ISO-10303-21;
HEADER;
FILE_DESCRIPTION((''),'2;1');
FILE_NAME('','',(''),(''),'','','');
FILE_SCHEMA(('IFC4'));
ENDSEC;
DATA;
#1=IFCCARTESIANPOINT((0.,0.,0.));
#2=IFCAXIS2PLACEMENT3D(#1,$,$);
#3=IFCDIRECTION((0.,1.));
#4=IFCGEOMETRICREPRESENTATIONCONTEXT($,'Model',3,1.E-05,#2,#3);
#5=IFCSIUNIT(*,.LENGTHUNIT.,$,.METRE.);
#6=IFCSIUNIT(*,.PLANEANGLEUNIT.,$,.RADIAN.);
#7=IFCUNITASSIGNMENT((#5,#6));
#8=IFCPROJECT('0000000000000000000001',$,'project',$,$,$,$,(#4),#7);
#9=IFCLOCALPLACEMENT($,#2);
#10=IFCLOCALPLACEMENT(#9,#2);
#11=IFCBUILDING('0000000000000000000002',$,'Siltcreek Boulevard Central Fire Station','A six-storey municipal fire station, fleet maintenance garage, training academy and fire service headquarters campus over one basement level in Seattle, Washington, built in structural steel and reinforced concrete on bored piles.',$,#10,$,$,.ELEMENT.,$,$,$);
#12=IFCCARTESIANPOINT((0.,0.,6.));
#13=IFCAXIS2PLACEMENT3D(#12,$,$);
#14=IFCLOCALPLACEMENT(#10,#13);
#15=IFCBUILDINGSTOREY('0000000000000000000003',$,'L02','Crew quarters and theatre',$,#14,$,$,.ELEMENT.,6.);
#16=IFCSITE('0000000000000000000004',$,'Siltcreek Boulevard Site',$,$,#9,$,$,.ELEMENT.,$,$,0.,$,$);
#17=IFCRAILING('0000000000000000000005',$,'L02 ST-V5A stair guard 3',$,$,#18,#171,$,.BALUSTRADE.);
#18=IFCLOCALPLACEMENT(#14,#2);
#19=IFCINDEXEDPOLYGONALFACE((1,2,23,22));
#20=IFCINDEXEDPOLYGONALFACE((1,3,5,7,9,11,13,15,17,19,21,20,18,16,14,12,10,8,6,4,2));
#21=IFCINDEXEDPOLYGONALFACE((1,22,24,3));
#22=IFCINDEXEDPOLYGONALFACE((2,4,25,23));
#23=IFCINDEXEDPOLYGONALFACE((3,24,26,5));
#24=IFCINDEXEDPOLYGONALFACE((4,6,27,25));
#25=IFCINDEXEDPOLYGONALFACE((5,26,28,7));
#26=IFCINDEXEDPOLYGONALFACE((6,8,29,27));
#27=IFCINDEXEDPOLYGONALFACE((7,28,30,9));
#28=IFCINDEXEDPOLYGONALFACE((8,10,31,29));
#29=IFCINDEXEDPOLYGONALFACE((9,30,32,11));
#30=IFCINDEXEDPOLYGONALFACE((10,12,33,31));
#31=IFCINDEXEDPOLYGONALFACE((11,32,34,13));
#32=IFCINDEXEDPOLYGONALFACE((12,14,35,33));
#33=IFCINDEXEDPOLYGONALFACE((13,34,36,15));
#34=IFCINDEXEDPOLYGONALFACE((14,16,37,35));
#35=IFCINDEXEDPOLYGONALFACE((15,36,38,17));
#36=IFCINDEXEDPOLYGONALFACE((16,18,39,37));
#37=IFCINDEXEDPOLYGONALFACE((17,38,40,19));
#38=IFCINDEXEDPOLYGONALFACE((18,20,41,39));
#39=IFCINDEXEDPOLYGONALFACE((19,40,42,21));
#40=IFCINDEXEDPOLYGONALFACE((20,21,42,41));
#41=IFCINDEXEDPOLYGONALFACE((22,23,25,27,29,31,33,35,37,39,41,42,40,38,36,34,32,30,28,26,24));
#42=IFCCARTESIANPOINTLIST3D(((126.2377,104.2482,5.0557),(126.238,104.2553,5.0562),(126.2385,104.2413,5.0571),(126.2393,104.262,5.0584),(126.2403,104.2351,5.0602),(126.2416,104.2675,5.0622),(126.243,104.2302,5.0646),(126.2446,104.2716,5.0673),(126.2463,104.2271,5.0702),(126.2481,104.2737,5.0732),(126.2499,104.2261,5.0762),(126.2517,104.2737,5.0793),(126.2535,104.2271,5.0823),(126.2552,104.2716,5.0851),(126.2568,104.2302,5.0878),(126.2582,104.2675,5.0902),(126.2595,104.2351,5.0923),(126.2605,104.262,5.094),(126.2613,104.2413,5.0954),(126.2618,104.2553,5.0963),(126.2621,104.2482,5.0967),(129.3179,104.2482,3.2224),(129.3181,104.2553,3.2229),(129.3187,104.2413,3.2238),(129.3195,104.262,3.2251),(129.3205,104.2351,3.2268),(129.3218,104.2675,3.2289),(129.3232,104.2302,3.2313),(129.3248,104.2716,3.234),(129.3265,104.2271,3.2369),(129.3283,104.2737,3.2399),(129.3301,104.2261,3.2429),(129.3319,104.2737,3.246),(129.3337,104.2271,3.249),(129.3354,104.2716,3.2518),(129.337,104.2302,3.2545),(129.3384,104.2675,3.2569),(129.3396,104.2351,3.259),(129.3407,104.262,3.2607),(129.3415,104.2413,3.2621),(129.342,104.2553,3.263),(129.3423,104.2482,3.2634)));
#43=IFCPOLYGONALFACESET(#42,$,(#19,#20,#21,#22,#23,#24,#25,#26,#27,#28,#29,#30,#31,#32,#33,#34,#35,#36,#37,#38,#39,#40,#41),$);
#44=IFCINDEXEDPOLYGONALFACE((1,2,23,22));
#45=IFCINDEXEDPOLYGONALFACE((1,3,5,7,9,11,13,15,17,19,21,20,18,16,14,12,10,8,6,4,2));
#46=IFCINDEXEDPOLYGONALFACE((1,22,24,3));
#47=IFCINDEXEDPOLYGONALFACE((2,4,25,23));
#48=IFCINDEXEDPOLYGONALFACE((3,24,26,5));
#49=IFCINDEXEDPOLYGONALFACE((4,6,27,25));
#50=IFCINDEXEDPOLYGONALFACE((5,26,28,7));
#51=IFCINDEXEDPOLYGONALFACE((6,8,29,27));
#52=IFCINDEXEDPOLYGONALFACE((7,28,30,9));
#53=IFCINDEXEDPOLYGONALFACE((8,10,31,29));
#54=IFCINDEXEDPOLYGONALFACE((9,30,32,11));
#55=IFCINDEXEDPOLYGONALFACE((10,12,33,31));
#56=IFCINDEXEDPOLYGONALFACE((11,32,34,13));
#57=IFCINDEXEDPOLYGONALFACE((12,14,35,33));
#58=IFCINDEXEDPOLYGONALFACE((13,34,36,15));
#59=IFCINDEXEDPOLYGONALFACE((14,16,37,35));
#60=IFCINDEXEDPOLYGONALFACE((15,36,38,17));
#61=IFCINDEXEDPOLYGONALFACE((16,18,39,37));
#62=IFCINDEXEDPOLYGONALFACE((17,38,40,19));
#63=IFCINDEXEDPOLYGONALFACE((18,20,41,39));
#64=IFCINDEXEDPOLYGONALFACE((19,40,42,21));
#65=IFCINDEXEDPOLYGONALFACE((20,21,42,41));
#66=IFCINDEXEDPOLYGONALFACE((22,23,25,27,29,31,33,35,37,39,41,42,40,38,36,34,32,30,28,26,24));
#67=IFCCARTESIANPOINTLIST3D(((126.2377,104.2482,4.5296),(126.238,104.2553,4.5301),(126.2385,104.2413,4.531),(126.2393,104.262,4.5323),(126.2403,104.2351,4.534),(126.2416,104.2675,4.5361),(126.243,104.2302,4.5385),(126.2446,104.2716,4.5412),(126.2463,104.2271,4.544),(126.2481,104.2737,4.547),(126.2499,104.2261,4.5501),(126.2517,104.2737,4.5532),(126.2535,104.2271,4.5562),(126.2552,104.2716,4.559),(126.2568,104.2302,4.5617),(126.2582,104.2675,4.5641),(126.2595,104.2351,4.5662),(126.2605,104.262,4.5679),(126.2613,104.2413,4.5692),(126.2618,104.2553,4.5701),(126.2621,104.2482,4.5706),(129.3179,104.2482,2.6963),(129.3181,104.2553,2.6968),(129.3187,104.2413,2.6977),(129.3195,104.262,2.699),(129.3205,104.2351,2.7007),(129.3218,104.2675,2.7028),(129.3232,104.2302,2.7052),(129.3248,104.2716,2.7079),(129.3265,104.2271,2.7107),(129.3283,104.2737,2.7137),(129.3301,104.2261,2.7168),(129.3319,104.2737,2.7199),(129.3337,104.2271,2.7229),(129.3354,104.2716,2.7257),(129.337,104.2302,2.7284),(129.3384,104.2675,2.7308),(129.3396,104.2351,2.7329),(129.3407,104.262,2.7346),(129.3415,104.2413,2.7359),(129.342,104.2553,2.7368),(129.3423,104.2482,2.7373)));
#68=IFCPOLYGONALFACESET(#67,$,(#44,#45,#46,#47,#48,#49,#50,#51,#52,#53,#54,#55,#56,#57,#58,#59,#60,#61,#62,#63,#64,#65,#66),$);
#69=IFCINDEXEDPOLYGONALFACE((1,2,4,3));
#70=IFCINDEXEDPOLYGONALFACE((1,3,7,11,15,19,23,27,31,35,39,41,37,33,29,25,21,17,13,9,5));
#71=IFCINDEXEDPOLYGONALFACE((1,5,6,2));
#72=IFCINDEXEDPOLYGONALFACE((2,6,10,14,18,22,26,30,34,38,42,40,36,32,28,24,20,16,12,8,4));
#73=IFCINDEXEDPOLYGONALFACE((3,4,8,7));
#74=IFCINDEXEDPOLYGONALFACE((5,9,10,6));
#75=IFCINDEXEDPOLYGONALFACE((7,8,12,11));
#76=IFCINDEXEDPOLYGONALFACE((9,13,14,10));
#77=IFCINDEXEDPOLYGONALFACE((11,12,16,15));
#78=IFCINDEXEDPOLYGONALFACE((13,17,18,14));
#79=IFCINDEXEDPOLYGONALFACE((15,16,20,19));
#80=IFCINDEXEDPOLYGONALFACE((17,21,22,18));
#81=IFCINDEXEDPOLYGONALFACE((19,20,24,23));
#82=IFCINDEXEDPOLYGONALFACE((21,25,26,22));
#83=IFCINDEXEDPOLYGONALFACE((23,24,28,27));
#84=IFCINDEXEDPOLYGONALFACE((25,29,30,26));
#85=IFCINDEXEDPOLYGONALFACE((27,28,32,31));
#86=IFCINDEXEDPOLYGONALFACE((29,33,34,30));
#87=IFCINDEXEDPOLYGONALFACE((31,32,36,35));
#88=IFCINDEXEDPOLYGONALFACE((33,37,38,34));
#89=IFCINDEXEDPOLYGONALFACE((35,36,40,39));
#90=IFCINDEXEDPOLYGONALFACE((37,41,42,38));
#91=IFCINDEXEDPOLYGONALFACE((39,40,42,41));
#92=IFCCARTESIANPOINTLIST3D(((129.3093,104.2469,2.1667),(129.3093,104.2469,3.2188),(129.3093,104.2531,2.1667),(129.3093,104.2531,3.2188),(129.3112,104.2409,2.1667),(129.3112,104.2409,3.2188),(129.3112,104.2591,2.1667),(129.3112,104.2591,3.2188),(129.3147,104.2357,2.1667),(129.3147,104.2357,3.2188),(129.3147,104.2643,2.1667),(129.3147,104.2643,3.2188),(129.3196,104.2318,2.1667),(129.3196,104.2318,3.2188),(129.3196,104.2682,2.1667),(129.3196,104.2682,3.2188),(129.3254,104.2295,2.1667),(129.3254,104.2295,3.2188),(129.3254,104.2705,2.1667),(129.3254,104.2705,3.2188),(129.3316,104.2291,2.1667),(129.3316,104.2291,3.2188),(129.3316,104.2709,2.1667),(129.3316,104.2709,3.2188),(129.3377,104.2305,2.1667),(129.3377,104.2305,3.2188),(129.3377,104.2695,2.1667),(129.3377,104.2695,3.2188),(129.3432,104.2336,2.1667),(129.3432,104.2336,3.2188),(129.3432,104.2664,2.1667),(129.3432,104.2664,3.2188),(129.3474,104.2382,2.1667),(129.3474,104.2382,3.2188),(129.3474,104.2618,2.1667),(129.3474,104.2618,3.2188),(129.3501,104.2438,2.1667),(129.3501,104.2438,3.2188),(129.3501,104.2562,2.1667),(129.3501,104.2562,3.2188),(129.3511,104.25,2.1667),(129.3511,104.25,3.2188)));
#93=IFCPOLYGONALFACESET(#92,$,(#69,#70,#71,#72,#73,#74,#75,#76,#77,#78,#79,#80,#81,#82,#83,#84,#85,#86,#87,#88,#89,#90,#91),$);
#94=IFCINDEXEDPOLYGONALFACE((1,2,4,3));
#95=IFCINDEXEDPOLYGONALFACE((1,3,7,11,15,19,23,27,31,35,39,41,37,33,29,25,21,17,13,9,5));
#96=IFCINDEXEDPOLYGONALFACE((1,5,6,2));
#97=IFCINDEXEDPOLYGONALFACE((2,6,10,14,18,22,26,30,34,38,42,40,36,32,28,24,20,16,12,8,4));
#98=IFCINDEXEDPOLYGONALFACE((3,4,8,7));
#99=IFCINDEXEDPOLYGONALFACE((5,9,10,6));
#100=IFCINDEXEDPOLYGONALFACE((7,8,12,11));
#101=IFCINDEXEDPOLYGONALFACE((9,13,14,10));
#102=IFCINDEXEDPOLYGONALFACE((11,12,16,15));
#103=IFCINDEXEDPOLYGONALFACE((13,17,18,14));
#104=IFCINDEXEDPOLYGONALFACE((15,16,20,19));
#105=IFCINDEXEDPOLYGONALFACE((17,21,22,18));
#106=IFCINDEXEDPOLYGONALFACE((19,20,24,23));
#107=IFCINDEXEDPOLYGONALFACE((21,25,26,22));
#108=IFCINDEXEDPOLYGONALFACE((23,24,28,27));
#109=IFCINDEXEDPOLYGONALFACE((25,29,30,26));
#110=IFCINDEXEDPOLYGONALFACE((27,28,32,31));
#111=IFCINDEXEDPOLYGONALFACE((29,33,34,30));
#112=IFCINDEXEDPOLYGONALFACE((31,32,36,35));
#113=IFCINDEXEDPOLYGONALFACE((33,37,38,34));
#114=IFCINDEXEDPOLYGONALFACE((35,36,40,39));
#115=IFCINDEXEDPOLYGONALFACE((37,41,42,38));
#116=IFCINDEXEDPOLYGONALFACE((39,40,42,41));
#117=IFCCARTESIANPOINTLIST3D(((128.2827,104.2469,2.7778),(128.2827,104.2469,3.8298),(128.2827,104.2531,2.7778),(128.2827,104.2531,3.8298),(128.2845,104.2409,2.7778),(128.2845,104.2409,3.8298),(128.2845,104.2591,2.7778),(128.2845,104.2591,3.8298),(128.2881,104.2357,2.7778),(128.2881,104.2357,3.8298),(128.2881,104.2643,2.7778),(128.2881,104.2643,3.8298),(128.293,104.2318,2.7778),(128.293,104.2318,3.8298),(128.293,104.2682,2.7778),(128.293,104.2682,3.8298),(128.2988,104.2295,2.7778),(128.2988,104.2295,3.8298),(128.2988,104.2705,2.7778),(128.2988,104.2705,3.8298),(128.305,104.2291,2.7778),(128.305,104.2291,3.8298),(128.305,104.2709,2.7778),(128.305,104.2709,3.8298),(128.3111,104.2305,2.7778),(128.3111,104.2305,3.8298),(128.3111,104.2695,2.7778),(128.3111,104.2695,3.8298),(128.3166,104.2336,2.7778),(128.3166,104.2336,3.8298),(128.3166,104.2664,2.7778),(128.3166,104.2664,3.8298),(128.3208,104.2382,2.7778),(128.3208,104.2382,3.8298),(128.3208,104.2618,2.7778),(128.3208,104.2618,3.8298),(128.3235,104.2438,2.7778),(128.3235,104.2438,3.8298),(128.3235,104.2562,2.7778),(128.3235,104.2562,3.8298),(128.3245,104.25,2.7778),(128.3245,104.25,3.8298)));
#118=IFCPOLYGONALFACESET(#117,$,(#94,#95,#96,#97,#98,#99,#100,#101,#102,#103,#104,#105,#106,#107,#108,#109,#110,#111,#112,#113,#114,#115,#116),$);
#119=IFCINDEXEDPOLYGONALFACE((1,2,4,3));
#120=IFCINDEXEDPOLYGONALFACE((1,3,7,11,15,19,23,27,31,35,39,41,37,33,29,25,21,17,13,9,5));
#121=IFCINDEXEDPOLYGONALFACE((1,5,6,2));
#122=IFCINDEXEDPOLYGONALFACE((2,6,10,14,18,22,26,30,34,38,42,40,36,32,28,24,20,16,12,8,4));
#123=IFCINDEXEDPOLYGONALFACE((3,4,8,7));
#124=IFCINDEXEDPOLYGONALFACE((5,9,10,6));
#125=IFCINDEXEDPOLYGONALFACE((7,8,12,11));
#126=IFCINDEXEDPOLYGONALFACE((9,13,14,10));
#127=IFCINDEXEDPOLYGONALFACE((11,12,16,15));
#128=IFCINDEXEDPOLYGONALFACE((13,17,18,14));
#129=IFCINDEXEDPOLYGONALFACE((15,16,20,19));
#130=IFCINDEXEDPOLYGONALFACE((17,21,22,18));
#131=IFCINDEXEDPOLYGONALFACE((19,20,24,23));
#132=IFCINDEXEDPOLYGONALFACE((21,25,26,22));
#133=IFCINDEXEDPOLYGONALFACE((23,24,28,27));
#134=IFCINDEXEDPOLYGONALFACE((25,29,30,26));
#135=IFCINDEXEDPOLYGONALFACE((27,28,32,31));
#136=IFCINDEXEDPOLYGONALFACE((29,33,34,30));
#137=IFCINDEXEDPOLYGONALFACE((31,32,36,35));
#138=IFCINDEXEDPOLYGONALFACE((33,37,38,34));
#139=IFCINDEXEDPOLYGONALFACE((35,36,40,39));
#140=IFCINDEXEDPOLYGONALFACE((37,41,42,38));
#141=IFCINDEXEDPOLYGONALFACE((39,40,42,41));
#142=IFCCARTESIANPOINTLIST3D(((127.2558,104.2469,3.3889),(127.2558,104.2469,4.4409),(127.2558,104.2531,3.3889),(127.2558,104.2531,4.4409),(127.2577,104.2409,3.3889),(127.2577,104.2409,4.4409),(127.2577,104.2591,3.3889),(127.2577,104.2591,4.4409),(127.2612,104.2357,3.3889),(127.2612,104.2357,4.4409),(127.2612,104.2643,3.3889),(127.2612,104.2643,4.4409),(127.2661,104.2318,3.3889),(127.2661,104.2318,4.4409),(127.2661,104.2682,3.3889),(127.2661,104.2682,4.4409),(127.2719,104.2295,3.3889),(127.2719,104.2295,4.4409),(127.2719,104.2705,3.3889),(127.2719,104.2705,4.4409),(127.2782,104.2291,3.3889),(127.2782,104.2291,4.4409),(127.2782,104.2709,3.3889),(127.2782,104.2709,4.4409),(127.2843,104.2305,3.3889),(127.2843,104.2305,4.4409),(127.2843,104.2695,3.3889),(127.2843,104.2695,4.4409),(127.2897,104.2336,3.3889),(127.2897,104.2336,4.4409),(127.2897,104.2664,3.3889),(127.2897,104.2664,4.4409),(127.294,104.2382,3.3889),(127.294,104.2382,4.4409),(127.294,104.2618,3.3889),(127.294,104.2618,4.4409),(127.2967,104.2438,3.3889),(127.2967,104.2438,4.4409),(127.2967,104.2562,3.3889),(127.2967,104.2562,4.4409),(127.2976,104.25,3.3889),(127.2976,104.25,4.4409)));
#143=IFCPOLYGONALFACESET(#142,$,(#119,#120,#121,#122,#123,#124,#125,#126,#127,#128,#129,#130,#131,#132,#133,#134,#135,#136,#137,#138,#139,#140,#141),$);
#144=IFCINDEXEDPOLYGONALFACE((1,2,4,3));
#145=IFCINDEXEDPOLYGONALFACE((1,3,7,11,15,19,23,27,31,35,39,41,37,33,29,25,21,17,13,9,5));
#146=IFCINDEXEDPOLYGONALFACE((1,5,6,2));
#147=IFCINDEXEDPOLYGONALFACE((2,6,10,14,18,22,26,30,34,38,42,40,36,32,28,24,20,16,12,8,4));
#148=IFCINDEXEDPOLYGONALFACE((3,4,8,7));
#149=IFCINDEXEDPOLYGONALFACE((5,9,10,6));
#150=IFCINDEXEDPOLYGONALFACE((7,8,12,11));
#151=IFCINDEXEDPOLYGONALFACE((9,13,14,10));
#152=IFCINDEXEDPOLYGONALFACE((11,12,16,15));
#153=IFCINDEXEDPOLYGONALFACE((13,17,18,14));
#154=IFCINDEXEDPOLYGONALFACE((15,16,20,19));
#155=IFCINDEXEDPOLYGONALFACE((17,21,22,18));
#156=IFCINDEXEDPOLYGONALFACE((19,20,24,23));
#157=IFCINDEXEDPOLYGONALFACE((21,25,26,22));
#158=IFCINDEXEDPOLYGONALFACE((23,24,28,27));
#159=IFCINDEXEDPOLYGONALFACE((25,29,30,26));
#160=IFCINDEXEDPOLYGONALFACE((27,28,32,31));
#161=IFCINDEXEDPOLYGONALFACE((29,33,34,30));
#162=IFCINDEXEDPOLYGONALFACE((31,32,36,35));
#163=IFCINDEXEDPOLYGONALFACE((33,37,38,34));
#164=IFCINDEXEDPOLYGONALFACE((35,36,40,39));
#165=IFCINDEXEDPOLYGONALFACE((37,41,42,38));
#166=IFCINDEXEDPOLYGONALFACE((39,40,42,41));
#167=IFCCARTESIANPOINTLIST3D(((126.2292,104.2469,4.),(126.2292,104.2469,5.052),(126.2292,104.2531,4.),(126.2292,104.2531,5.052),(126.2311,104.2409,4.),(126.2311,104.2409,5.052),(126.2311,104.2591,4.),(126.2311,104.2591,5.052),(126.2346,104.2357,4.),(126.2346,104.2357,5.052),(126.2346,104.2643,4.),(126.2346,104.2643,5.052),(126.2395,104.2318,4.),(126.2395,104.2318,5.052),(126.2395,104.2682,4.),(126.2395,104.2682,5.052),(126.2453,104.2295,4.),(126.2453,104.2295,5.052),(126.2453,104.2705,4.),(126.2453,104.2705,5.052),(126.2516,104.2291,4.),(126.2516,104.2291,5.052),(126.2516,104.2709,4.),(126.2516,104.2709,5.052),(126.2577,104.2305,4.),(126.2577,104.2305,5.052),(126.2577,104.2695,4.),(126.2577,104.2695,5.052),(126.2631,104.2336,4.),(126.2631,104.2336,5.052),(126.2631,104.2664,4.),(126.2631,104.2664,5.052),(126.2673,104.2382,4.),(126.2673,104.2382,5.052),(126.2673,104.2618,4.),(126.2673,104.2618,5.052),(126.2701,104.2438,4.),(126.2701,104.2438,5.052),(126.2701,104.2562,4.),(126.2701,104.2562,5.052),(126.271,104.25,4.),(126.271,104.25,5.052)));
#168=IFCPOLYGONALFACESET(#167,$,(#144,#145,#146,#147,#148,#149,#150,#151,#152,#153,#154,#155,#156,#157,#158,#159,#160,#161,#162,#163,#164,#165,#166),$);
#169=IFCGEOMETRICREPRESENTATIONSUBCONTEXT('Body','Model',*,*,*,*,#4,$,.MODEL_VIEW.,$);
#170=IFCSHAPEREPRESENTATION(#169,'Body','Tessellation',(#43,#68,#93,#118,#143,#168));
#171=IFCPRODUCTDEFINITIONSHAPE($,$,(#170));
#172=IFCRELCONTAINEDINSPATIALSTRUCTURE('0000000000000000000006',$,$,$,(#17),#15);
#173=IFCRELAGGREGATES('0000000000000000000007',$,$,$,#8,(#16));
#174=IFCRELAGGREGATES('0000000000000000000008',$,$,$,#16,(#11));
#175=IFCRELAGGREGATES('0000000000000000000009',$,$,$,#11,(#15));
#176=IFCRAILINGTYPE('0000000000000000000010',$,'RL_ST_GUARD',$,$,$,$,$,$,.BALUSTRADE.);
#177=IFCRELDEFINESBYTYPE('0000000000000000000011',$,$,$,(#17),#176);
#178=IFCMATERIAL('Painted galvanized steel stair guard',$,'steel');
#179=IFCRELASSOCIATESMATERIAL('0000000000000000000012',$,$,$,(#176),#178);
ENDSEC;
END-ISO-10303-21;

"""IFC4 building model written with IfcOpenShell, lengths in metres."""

from ifc_helpers import new_model, si_unit, direction, frame, origin, origin_2d, place, context, subcontext, project, spatial, circle, extrude, material, type_object, element, save


model = new_model("IFC4")

# Units and contexts
model_context = context("Model", 3, precision=1e-05, world=origin(), true_north=direction((0.0, 1.0)))
body_context = subcontext(model_context, "Body", "Model", "MODEL_VIEW")
ifc_project = project(units=[si_unit("LENGTHUNIT", "METRE"), si_unit("PLANEANGLEUNIT", "RADIAN")], contexts=[model_context])

# Site, building, storey
site_placement = place(None, origin())
site = spatial("IfcSite", under=ifc_project, at=site_placement, Name="Siltcreek Boulevard Site", CompositionType="ELEMENT", RefElevation=0.0)
building_placement = place(site_placement, origin())
building = spatial("IfcBuilding", under=site, at=building_placement, Name="Siltcreek Boulevard Central Fire Station", Description="A six-storey municipal fire station, fleet maintenance garage, training academy and fire service headquarters campus over one basement level in Seattle, Washington, built in structural steel and reinforced concrete on bored piles.", CompositionType="ELEMENT")
storey_placement = place(building_placement, frame((0.0, 0.0, 6.0)))
storey = spatial("IfcBuildingStorey", under=building, at=storey_placement, Name="L02", Description="Crew quarters and theatre", CompositionType="ELEMENT", Elevation=6.0)

# Railing
ifc_material_1 = material(Name="Painted galvanized steel stair guard", Category="steel")
railing_type_1 = type_object("IfcRailingType", Name="RL_ST_GUARD", PredefinedType="BALUSTRADE", material=ifc_material_1)
railing_1_placement = place(storey_placement, frame((129.3301, 104.25, 2.1667)))
element("IfcRailing", 1, at=railing_1_placement, inside=storey, type_object=railing_type_1, Name="L02 ST-V5A stair guard 3", PredefinedType="BALUSTRADE", context=body_context, shape_type="SweptSolid", body=[
    extrude(circle(Radius=0.0239, at=origin_2d()), frame((0.0, 0.0, 1.0762), z_axis=(-0.859309, 0.0, 0.511458), x_axis=(0.0, -1.0, 0.0)), (0.0, 0.0, 1.0), 3.5845),
    extrude(circle(Radius=0.0239, at=origin_2d()), frame((0.0, 0.0, 0.55), z_axis=(-0.859309, 0.0, 0.511458), x_axis=(0.0, -1.0, 0.0)), (0.0, 0.0, 1.0), 3.5845),
    extrude(circle(Radius=0.021, at=origin_2d()), origin(), (0.0, 0.0, 1.0), 1.052),
    extrude(circle(Radius=0.021, at=origin_2d()), frame((-1.0266, 0.0, 0.6111)), (0.0, 0.0, 1.0), 1.052),
    extrude(circle(Radius=0.021, at=origin_2d()), frame((-2.0535, 0.0, 1.2222)), (0.0, 0.0, 1.0), 1.052),
    extrude(circle(Radius=0.021, at=origin_2d()), frame((-3.0801, 0.0, 1.8333)), (0.0, 0.0, 1.0), 1.052),
])

save(model, "model.ifc")
